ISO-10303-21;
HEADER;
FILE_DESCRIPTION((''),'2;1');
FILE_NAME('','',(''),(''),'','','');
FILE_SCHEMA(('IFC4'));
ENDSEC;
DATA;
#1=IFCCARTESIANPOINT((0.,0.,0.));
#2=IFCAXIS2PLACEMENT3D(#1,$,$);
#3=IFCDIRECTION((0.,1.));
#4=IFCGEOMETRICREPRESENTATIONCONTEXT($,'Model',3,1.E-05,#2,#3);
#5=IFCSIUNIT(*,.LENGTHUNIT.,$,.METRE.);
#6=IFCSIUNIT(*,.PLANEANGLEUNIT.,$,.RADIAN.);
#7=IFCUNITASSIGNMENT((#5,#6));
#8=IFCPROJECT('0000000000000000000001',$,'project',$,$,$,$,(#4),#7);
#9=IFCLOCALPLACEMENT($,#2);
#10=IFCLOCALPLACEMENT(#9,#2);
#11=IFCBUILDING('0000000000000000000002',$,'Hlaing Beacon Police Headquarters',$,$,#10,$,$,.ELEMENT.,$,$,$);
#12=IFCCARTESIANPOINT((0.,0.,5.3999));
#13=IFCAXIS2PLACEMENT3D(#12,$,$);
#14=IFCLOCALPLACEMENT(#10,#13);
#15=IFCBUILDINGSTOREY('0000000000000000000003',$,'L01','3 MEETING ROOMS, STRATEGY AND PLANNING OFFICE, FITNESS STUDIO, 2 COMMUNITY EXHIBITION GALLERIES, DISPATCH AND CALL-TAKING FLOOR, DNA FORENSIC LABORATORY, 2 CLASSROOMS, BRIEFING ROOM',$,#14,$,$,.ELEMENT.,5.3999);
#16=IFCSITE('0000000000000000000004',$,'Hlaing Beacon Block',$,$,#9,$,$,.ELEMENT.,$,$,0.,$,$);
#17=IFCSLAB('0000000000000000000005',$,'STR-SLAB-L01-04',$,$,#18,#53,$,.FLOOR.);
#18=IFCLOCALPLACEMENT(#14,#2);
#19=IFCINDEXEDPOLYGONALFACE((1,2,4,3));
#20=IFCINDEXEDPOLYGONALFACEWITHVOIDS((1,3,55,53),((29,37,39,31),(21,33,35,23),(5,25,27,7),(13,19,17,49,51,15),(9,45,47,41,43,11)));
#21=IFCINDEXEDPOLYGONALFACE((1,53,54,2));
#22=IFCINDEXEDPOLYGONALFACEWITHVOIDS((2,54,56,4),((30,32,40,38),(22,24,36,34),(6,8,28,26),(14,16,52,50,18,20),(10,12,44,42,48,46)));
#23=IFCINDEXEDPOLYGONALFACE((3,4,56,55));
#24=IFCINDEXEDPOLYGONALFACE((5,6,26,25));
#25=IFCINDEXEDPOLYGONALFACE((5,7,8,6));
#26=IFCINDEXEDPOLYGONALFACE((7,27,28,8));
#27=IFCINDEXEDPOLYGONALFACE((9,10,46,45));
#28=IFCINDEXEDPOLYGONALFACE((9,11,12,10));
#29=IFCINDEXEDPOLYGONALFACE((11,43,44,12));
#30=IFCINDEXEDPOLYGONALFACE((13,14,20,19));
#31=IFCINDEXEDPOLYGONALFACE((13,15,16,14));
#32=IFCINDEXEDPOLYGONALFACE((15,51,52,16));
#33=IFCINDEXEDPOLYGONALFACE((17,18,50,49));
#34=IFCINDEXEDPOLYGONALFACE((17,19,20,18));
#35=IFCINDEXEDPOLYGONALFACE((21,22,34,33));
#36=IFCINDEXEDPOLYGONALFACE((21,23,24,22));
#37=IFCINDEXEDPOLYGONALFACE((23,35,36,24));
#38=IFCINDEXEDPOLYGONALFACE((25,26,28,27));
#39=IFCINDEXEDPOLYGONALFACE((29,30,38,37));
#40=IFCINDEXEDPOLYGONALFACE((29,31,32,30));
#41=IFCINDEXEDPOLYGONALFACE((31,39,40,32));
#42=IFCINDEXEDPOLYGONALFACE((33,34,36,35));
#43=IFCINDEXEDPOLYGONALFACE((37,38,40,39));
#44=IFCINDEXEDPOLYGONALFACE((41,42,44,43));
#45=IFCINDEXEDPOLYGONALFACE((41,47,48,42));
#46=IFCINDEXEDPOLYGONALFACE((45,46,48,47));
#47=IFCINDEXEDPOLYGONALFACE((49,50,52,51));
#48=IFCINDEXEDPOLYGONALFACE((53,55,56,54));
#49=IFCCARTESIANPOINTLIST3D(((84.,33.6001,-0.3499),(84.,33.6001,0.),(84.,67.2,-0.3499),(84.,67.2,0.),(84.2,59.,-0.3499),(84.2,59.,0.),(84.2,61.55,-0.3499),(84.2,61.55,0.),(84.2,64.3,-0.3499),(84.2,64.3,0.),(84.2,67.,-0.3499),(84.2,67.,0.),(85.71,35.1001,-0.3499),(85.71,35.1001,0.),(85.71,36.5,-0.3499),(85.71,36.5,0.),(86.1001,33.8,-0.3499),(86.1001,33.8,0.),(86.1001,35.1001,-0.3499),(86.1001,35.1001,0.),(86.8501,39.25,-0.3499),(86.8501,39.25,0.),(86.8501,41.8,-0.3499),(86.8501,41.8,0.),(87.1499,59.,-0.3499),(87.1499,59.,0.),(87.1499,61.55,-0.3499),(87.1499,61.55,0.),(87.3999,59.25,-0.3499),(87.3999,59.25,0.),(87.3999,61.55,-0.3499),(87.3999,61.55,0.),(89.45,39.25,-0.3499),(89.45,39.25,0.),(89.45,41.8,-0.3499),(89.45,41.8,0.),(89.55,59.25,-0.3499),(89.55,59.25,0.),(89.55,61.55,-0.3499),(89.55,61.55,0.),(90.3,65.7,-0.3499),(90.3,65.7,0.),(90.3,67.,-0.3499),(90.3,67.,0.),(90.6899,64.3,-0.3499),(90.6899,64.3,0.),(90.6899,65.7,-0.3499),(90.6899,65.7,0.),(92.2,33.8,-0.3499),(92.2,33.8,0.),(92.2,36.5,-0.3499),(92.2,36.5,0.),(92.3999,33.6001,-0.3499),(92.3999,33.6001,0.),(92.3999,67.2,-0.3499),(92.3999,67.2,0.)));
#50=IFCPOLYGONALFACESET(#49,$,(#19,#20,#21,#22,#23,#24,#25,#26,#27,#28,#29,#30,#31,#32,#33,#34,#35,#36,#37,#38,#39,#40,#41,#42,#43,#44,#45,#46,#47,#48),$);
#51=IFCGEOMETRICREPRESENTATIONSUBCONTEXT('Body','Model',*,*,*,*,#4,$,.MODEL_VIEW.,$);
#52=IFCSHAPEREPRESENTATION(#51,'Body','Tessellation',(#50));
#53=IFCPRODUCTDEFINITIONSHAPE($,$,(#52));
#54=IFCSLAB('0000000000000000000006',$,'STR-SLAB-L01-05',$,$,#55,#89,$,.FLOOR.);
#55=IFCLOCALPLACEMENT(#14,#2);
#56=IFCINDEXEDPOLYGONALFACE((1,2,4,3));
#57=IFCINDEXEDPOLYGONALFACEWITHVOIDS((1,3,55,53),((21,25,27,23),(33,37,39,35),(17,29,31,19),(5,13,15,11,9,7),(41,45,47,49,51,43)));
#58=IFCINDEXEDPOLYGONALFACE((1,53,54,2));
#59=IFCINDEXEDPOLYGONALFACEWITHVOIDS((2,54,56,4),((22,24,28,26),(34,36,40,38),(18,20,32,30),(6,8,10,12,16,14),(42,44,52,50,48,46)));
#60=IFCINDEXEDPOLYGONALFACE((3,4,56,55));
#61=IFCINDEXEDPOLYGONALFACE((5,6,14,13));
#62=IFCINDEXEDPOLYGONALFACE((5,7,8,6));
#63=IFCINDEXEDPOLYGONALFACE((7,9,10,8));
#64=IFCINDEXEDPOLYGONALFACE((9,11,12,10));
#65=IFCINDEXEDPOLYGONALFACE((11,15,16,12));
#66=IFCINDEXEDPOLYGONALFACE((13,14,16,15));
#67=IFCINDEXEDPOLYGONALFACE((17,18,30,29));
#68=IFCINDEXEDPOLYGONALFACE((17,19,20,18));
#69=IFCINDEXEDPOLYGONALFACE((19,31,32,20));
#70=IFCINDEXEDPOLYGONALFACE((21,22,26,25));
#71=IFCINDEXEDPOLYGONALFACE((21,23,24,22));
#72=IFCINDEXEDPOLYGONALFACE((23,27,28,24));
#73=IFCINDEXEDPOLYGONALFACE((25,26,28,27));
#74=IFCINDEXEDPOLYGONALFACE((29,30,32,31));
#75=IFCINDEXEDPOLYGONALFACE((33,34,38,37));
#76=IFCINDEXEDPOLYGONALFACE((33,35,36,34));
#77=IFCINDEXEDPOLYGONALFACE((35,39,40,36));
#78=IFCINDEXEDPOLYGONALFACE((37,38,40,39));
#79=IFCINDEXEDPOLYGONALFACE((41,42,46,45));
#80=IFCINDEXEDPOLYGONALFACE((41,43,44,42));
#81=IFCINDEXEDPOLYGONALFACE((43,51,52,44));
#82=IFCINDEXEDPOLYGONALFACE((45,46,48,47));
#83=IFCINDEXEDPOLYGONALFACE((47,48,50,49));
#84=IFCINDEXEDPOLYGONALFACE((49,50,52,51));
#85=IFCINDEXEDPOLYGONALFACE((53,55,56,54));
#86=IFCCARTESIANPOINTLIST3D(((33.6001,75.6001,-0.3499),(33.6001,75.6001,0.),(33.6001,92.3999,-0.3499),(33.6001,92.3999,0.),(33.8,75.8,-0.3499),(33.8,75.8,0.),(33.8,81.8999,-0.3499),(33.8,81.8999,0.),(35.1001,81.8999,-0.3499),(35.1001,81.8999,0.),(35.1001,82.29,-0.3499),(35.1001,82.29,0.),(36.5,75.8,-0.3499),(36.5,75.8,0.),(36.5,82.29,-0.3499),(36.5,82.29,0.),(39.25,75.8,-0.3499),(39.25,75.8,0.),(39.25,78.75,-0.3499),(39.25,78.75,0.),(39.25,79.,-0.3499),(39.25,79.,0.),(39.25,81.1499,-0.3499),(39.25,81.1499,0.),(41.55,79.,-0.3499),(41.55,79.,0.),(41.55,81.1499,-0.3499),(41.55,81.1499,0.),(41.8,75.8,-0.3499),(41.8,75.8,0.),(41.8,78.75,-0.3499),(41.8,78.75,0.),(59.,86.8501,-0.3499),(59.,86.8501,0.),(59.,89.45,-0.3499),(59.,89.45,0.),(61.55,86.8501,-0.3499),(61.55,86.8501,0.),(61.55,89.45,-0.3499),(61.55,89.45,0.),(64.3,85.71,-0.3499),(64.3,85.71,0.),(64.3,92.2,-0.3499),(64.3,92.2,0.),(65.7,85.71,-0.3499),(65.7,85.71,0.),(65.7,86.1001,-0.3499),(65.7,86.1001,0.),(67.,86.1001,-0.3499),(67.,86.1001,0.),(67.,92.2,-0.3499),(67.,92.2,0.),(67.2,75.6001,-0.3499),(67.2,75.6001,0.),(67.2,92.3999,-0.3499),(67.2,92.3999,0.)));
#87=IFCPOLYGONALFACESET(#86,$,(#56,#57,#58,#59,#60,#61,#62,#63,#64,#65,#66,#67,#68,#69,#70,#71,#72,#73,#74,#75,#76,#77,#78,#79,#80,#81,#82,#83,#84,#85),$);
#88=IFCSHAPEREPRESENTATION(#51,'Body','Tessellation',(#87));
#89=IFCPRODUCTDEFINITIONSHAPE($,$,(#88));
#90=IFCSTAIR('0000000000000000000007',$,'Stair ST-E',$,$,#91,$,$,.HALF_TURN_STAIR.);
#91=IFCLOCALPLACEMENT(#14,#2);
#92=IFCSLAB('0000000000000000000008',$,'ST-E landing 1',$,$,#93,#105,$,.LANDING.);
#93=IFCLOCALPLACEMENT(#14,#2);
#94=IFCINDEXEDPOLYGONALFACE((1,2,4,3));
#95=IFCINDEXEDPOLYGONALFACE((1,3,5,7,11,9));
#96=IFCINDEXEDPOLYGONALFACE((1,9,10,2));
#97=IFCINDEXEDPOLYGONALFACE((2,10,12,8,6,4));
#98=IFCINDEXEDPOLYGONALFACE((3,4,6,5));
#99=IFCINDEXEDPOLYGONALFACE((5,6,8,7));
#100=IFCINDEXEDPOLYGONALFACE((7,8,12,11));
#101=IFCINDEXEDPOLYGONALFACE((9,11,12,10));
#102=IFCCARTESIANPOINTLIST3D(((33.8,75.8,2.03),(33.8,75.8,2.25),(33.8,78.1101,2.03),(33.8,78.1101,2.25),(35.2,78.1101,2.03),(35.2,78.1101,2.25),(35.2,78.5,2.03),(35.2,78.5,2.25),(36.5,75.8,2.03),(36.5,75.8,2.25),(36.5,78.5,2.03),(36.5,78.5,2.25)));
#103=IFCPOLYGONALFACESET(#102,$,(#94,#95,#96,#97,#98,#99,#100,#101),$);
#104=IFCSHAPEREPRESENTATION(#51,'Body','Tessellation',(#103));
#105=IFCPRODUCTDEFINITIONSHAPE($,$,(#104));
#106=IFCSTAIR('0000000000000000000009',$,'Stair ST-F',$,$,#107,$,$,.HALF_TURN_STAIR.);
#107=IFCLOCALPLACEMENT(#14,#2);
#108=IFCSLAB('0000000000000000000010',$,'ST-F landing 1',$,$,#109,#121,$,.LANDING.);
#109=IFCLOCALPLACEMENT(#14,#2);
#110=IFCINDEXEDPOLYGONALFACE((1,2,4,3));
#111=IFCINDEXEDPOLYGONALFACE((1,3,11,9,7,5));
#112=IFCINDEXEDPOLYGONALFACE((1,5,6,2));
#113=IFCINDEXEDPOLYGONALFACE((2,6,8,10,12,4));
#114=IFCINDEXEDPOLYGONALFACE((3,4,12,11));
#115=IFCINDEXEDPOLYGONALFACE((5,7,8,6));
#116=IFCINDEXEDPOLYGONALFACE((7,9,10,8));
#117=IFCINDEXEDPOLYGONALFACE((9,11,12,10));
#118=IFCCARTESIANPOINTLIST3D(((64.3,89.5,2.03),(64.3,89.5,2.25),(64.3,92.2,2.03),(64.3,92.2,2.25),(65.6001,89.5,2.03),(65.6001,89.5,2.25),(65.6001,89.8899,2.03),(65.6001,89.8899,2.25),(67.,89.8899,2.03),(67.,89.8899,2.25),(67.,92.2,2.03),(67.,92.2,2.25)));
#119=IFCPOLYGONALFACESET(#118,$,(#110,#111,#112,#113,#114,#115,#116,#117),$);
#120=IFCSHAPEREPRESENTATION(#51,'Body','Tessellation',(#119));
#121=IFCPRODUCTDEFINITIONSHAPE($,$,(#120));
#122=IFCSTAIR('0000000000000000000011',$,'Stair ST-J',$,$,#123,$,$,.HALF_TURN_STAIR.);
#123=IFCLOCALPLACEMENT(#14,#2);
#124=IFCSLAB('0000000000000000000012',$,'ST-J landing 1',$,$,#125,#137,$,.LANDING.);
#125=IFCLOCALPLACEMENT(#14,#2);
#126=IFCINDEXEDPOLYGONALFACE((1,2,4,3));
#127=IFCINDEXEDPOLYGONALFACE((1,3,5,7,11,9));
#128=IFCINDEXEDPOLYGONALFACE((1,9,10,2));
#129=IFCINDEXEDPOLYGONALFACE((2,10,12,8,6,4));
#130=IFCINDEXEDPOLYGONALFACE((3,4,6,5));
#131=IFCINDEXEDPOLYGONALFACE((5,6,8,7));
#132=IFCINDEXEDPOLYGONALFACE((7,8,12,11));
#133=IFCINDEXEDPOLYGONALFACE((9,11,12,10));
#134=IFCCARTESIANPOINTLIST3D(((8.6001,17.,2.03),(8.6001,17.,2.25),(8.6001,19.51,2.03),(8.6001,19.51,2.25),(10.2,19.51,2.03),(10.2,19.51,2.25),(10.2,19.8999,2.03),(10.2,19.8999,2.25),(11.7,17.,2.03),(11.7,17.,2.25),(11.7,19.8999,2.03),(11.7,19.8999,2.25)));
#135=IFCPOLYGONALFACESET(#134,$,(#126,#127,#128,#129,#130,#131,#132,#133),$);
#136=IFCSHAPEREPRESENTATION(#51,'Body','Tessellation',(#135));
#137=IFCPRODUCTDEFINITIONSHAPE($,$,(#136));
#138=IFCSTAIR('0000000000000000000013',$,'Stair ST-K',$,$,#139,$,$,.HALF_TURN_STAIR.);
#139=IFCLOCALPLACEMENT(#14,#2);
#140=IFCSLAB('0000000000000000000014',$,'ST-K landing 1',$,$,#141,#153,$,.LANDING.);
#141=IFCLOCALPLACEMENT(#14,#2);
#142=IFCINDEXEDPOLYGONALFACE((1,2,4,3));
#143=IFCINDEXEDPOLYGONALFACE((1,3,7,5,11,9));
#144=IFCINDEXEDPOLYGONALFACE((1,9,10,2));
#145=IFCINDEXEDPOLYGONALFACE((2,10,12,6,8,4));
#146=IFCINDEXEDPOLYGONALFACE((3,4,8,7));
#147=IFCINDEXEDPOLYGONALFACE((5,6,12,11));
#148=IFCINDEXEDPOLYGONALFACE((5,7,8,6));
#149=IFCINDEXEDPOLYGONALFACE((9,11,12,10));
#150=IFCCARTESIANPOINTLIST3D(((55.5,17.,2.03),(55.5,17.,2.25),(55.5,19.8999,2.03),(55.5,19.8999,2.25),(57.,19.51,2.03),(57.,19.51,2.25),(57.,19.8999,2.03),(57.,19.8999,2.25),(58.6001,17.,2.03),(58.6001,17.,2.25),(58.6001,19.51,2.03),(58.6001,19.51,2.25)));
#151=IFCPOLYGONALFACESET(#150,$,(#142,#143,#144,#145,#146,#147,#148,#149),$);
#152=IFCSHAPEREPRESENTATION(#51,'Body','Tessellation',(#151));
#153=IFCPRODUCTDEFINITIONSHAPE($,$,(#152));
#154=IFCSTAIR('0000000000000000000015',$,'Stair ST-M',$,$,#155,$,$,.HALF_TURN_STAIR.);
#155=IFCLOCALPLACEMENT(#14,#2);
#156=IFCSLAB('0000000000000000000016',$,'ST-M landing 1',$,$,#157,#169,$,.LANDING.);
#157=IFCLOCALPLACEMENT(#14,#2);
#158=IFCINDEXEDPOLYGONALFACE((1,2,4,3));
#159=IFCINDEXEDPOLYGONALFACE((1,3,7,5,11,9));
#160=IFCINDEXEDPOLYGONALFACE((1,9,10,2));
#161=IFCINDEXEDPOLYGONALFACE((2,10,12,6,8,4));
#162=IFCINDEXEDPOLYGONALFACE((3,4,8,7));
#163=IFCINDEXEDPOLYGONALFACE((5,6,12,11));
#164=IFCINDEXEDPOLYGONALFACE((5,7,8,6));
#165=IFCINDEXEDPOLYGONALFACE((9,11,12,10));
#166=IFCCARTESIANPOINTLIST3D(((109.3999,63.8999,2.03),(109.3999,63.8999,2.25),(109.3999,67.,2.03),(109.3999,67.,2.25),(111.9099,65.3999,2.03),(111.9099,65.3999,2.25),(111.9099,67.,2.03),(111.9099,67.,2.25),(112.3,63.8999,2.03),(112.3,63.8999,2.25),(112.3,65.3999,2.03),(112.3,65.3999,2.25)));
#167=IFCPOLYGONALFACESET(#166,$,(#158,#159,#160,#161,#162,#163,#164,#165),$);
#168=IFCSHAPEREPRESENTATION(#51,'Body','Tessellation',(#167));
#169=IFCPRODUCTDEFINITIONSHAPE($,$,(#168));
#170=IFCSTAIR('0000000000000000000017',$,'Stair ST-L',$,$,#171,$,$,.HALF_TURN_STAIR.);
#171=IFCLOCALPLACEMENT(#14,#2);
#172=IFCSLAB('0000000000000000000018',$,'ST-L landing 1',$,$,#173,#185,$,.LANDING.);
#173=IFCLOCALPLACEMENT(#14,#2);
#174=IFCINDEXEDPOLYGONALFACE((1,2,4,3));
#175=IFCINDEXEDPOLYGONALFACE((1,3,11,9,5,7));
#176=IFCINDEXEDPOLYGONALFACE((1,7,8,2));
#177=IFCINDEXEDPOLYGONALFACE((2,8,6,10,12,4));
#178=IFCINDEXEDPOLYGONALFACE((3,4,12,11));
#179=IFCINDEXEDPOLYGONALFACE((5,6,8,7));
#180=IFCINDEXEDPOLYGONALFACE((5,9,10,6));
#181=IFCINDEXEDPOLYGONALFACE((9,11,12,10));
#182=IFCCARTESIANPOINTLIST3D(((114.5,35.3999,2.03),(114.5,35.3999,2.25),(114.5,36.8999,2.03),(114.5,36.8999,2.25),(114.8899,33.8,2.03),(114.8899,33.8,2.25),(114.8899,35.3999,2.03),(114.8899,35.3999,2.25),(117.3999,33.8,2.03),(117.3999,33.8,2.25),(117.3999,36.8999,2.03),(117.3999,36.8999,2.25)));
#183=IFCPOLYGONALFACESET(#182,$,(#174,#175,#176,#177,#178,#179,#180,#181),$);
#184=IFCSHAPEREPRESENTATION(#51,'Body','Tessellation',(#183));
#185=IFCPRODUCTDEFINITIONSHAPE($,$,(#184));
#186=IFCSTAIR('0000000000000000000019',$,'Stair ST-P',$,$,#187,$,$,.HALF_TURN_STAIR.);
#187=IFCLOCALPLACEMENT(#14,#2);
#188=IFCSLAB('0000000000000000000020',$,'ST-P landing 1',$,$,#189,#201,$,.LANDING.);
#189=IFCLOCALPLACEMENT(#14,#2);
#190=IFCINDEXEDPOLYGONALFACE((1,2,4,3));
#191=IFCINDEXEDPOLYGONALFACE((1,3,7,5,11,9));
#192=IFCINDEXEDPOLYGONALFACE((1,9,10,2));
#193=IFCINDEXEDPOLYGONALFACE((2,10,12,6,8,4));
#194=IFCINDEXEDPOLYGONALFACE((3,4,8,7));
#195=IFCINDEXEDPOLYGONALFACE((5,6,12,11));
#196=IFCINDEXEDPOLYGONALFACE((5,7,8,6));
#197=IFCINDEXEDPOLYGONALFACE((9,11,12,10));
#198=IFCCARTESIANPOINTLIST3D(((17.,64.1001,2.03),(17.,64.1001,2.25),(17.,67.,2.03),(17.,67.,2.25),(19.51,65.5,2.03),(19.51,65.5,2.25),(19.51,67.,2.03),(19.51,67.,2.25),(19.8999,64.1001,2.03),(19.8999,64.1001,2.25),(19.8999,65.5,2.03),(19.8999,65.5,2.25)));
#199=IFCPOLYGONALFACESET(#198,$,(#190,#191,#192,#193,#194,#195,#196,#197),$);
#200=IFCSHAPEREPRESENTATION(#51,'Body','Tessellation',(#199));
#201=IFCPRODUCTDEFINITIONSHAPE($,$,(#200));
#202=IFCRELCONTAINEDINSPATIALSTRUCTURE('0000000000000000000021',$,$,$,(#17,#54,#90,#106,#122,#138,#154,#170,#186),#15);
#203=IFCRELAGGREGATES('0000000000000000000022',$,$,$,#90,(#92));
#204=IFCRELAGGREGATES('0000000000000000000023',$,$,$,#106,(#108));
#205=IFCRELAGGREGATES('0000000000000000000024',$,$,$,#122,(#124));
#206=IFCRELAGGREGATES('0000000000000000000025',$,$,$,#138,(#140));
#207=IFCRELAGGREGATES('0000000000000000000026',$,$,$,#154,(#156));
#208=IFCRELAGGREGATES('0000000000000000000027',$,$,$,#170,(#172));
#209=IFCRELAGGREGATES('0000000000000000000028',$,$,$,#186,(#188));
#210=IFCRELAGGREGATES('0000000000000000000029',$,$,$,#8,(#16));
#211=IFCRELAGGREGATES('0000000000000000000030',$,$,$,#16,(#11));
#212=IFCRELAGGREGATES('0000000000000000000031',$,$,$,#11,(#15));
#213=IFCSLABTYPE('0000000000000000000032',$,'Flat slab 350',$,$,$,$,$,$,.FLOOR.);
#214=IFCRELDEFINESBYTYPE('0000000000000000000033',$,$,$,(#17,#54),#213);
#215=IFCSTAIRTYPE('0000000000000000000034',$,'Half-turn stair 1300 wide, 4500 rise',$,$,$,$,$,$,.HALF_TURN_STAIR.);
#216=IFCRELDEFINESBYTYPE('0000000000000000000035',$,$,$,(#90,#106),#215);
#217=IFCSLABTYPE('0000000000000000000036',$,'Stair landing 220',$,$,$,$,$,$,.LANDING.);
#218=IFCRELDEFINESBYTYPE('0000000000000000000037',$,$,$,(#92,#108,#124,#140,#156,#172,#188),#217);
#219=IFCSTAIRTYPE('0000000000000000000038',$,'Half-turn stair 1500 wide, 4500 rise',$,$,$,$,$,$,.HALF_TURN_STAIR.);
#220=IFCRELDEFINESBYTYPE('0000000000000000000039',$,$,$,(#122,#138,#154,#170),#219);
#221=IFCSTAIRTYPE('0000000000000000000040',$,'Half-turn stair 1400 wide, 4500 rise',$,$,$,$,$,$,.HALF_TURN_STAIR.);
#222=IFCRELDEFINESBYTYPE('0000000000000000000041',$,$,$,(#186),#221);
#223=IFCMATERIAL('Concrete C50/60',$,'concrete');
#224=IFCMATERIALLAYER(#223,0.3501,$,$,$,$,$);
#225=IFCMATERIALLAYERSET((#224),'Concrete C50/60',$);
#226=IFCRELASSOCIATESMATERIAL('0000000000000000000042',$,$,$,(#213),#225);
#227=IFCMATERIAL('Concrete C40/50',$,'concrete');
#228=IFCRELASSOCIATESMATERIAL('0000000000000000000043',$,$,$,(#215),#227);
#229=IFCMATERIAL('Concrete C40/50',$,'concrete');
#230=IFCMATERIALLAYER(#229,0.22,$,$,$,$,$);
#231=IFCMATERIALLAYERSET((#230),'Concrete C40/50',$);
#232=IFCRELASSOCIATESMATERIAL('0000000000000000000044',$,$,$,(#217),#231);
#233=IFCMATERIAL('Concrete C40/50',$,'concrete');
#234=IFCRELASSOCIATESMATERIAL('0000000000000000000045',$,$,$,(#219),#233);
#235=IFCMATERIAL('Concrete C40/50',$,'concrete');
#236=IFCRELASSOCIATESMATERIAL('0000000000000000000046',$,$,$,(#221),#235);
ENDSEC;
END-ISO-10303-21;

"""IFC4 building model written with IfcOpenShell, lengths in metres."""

from ifc_helpers import new_model, si_unit, direction, frame, origin, place, context, subcontext, project, spatial, polyline, outline, extrude, material, layer, layer_set, type_object, element, aggregate, save


model = new_model("IFC4")

# Units and contexts
model_context = context("Model", 3, precision=1e-05, world=origin(), true_north=direction((0.0, 1.0)))
body_context = subcontext(model_context, "Body", "Model", "MODEL_VIEW")
ifc_project = project(units=[si_unit("LENGTHUNIT", "METRE"), si_unit("PLANEANGLEUNIT", "RADIAN")], contexts=[model_context])

# Site, building, storey
site_placement = place(None, origin())
site = spatial("IfcSite", under=ifc_project, at=site_placement, Name="Hlaing Beacon Block", CompositionType="ELEMENT", RefElevation=0.0)
building_placement = place(site_placement, origin())
building = spatial("IfcBuilding", under=site, at=building_placement, Name="Hlaing Beacon Police Headquarters", CompositionType="ELEMENT")
storey_placement = place(building_placement, frame((0.0, 0.0, 5.3999)))
storey = spatial("IfcBuildingStorey", under=building, at=storey_placement, Name="L01", Description="3 MEETING ROOMS, STRATEGY AND PLANNING OFFICE, FITNESS STUDIO, 2 COMMUNITY EXHIBITION GALLERIES, DISPATCH AND CALL-TAKING FLOOR, DNA FORENSIC LABORATORY, 2 CLASSROOMS, BRIEFING ROOM", CompositionType="ELEMENT", Elevation=5.3999)

# Slabs
ifc_material_1 = material(Name="Concrete C50/60", Category="concrete")
ifc_layer_1 = layer(ifc_material_1, 0.3501)
ifc_layer_set_1 = layer_set([ifc_layer_1], Name="Concrete C50/60")
slab_type_1 = type_object("IfcSlabType", Name="Flat slab 350", PredefinedType="FLOOR", material=ifc_layer_set_1)
slab_1_placement = place(storey_placement, frame((0.0, 0.0, -0.3499)))
element("IfcSlab", 1, at=slab_1_placement, inside=storey, type_object=slab_type_1, Name="STR-SLAB-L01-04", PredefinedType="FLOOR", context=body_context, shape_type="SweptSolid", body=[
    extrude(outline(polyline([(84.0, 33.6001), (92.3999, 33.6001), (92.3999, 67.2), (84.0, 67.2), (84.0, 33.6001)]), holes=[polyline([(84.2, 59.0), (87.1499, 59.0), (87.1499, 61.55), (84.2, 61.55), (84.2, 59.0)]), polyline([(84.2, 64.3), (90.6899, 64.3), (90.6899, 65.7), (90.3, 65.7), (90.3, 67.0), (84.2, 67.0), (84.2, 64.3)]), polyline([(86.1001, 33.8), (92.2, 33.8), (92.2, 36.5), (85.71, 36.5), (85.71, 35.1001), (86.1001, 35.1001), (86.1001, 33.8)]), polyline([(86.8501, 39.25), (89.45, 39.25), (89.45, 41.8), (86.8501, 41.8), (86.8501, 39.25)]), polyline([(87.3999, 59.25), (89.55, 59.25), (89.55, 61.55), (87.3999, 61.55), (87.3999, 59.25)])]), origin(), (0.0, 0.0, 1.0), 0.3499),
])
slab_2_placement = place(storey_placement, frame((0.0, 0.0, -0.3499)))
element("IfcSlab", 2, at=slab_2_placement, inside=storey, type_object=slab_type_1, Name="STR-SLAB-L01-05", PredefinedType="FLOOR", context=body_context, shape_type="SweptSolid", body=[
    extrude(outline(polyline([(33.6001, 75.6001), (67.2, 75.6001), (67.2, 92.3999), (33.6001, 92.3999), (33.6001, 75.6001)]), holes=[polyline([(33.8, 75.8), (36.5, 75.8), (36.5, 82.29), (35.1001, 82.29), (35.1001, 81.8999), (33.8, 81.8999), (33.8, 75.8)]), polyline([(39.25, 75.8), (41.8, 75.8), (41.8, 78.75), (39.25, 78.75), (39.25, 75.8)]), polyline([(39.25, 79.0), (41.55, 79.0), (41.55, 81.1499), (39.25, 81.1499), (39.25, 79.0)]), polyline([(59.0, 86.8501), (61.55, 86.8501), (61.55, 89.45), (59.0, 89.45), (59.0, 86.8501)]), polyline([(64.3, 85.71), (65.7, 85.71), (65.7, 86.1001), (67.0, 86.1001), (67.0, 92.2), (64.3, 92.2), (64.3, 85.71)])]), origin(), (0.0, 0.0, 1.0), 0.3499),
])

# Stairs, slabs
ifc_material_2 = material(Name="Concrete C40/50", Category="concrete")
stair_type_1 = type_object("IfcStairType", Name="Half-turn stair 1300 wide, 4500 rise", PredefinedType="HALF_TURN_STAIR", material=ifc_material_2)
stair_1_placement = place(storey_placement, origin())
stair_1 = element("IfcStair", 3, at=stair_1_placement, inside=storey, type_object=stair_type_1, Name="Stair ST-E", PredefinedType="HALF_TURN_STAIR")
ifc_material_3 = material(Name="Concrete C40/50", Category="concrete")
ifc_layer_2 = layer(ifc_material_3, 0.22)
ifc_layer_set_2 = layer_set([ifc_layer_2], Name="Concrete C40/50")
slab_type_2 = type_object("IfcSlabType", Name="Stair landing 220", PredefinedType="LANDING", material=ifc_layer_set_2)
slab_3_placement = place(storey_placement, frame((0.0, 0.0, 2.03)))
slab_3 = element("IfcSlab", 4, at=slab_3_placement, type_object=slab_type_2, Name="ST-E landing 1", PredefinedType="LANDING", context=body_context, shape_type="SweptSolid", body=[
    extrude(outline(polyline([(33.8, 78.1101), (33.8, 75.8), (36.5, 75.8), (36.5, 78.5), (35.2, 78.5), (35.2, 78.1101), (33.8, 78.1101)])), origin(), (0.0, 0.0, 1.0), 0.22),
])
aggregate(stair_1, [slab_3])
stair_2_placement = place(storey_placement, origin())
stair_2 = element("IfcStair", 5, at=stair_2_placement, inside=storey, type_object=stair_type_1, Name="Stair ST-F", PredefinedType="HALF_TURN_STAIR")
slab_4_placement = place(storey_placement, frame((0.0, 0.0, 2.03)))
slab_4 = element("IfcSlab", 6, at=slab_4_placement, type_object=slab_type_2, Name="ST-F landing 1", PredefinedType="LANDING", context=body_context, shape_type="SweptSolid", body=[
    extrude(outline(polyline([(67.0, 89.8899), (67.0, 92.2), (64.3, 92.2), (64.3, 89.5), (65.6001, 89.5), (65.6001, 89.8899), (67.0, 89.8899)])), origin(), (0.0, 0.0, 1.0), 0.22),
])
aggregate(stair_2, [slab_4])
ifc_material_4 = material(Name="Concrete C40/50", Category="concrete")
stair_type_2 = type_object("IfcStairType", Name="Half-turn stair 1500 wide, 4500 rise", PredefinedType="HALF_TURN_STAIR", material=ifc_material_4)
stair_3_placement = place(storey_placement, origin())
stair_3 = element("IfcStair", 7, at=stair_3_placement, inside=storey, type_object=stair_type_2, Name="Stair ST-J", PredefinedType="HALF_TURN_STAIR")
slab_5_placement = place(storey_placement, frame((0.0, 0.0, 2.03)))
slab_5 = element("IfcSlab", 8, at=slab_5_placement, type_object=slab_type_2, Name="ST-J landing 1", PredefinedType="LANDING", context=body_context, shape_type="SweptSolid", body=[
    extrude(outline(polyline([(8.6001, 19.51), (8.6001, 17.0), (11.7, 17.0), (11.7, 19.8999), (10.2, 19.8999), (10.2, 19.51), (8.6001, 19.51)])), origin(), (0.0, 0.0, 1.0), 0.22),
])
aggregate(stair_3, [slab_5])
stair_4_placement = place(storey_placement, origin())
stair_4 = element("IfcStair", 9, at=stair_4_placement, inside=storey, type_object=stair_type_2, Name="Stair ST-K", PredefinedType="HALF_TURN_STAIR")
slab_6_placement = place(storey_placement, frame((0.0, 0.0, 2.03)))
slab_6 = element("IfcSlab", 10, at=slab_6_placement, type_object=slab_type_2, Name="ST-K landing 1", PredefinedType="LANDING", context=body_context, shape_type="SweptSolid", body=[
    extrude(outline(polyline([(58.6001, 19.51), (58.6001, 17.0), (55.5, 17.0), (55.5, 19.8999), (57.0, 19.8999), (57.0, 19.51), (58.6001, 19.51)])), origin(), (0.0, 0.0, 1.0), 0.22),
])
aggregate(stair_4, [slab_6])
stair_5_placement = place(storey_placement, origin())
stair_5 = element("IfcStair", 11, at=stair_5_placement, inside=storey, type_object=stair_type_2, Name="Stair ST-M", PredefinedType="HALF_TURN_STAIR")
slab_7_placement = place(storey_placement, frame((0.0, 0.0, 2.03)))
slab_7 = element("IfcSlab", 12, at=slab_7_placement, type_object=slab_type_2, Name="ST-M landing 1", PredefinedType="LANDING", context=body_context, shape_type="SweptSolid", body=[
    extrude(outline(polyline([(111.9099, 67.0), (109.3999, 67.0), (109.3999, 63.8999), (112.3, 63.8999), (112.3, 65.3999), (111.9099, 65.3999), (111.9099, 67.0)])), origin(), (0.0, 0.0, 1.0), 0.22),
])
aggregate(stair_5, [slab_7])
stair_6_placement = place(storey_placement, origin())
stair_6 = element("IfcStair", 13, at=stair_6_placement, inside=storey, type_object=stair_type_2, Name="Stair ST-L", PredefinedType="HALF_TURN_STAIR")
slab_8_placement = place(storey_placement, frame((0.0, 0.0, 2.03)))
slab_8 = element("IfcSlab", 14, at=slab_8_placement, type_object=slab_type_2, Name="ST-L landing 1", PredefinedType="LANDING", context=body_context, shape_type="SweptSolid", body=[
    extrude(outline(polyline([(114.8899, 33.8), (117.3999, 33.8), (117.3999, 36.8999), (114.5, 36.8999), (114.5, 35.3999), (114.8899, 35.3999), (114.8899, 33.8)])), origin(), (0.0, 0.0, 1.0), 0.22),
])
aggregate(stair_6, [slab_8])
ifc_material_5 = material(Name="Concrete C40/50", Category="concrete")
stair_type_3 = type_object("IfcStairType", Name="Half-turn stair 1400 wide, 4500 rise", PredefinedType="HALF_TURN_STAIR", material=ifc_material_5)
stair_7_placement = place(storey_placement, origin())
stair_7 = element("IfcStair", 15, at=stair_7_placement, inside=storey, type_object=stair_type_3, Name="Stair ST-P", PredefinedType="HALF_TURN_STAIR")
slab_9_placement = place(storey_placement, frame((0.0, 0.0, 2.03)))
slab_9 = element("IfcSlab", 16, at=slab_9_placement, type_object=slab_type_2, Name="ST-P landing 1", PredefinedType="LANDING", context=body_context, shape_type="SweptSolid", body=[
    extrude(outline(polyline([(19.51, 67.0), (17.0, 67.0), (17.0, 64.1001), (19.8999, 64.1001), (19.8999, 65.5), (19.51, 65.5), (19.51, 67.0)])), origin(), (0.0, 0.0, 1.0), 0.22),
])
aggregate(stair_7, [slab_9])

save(model, "model.ifc")
